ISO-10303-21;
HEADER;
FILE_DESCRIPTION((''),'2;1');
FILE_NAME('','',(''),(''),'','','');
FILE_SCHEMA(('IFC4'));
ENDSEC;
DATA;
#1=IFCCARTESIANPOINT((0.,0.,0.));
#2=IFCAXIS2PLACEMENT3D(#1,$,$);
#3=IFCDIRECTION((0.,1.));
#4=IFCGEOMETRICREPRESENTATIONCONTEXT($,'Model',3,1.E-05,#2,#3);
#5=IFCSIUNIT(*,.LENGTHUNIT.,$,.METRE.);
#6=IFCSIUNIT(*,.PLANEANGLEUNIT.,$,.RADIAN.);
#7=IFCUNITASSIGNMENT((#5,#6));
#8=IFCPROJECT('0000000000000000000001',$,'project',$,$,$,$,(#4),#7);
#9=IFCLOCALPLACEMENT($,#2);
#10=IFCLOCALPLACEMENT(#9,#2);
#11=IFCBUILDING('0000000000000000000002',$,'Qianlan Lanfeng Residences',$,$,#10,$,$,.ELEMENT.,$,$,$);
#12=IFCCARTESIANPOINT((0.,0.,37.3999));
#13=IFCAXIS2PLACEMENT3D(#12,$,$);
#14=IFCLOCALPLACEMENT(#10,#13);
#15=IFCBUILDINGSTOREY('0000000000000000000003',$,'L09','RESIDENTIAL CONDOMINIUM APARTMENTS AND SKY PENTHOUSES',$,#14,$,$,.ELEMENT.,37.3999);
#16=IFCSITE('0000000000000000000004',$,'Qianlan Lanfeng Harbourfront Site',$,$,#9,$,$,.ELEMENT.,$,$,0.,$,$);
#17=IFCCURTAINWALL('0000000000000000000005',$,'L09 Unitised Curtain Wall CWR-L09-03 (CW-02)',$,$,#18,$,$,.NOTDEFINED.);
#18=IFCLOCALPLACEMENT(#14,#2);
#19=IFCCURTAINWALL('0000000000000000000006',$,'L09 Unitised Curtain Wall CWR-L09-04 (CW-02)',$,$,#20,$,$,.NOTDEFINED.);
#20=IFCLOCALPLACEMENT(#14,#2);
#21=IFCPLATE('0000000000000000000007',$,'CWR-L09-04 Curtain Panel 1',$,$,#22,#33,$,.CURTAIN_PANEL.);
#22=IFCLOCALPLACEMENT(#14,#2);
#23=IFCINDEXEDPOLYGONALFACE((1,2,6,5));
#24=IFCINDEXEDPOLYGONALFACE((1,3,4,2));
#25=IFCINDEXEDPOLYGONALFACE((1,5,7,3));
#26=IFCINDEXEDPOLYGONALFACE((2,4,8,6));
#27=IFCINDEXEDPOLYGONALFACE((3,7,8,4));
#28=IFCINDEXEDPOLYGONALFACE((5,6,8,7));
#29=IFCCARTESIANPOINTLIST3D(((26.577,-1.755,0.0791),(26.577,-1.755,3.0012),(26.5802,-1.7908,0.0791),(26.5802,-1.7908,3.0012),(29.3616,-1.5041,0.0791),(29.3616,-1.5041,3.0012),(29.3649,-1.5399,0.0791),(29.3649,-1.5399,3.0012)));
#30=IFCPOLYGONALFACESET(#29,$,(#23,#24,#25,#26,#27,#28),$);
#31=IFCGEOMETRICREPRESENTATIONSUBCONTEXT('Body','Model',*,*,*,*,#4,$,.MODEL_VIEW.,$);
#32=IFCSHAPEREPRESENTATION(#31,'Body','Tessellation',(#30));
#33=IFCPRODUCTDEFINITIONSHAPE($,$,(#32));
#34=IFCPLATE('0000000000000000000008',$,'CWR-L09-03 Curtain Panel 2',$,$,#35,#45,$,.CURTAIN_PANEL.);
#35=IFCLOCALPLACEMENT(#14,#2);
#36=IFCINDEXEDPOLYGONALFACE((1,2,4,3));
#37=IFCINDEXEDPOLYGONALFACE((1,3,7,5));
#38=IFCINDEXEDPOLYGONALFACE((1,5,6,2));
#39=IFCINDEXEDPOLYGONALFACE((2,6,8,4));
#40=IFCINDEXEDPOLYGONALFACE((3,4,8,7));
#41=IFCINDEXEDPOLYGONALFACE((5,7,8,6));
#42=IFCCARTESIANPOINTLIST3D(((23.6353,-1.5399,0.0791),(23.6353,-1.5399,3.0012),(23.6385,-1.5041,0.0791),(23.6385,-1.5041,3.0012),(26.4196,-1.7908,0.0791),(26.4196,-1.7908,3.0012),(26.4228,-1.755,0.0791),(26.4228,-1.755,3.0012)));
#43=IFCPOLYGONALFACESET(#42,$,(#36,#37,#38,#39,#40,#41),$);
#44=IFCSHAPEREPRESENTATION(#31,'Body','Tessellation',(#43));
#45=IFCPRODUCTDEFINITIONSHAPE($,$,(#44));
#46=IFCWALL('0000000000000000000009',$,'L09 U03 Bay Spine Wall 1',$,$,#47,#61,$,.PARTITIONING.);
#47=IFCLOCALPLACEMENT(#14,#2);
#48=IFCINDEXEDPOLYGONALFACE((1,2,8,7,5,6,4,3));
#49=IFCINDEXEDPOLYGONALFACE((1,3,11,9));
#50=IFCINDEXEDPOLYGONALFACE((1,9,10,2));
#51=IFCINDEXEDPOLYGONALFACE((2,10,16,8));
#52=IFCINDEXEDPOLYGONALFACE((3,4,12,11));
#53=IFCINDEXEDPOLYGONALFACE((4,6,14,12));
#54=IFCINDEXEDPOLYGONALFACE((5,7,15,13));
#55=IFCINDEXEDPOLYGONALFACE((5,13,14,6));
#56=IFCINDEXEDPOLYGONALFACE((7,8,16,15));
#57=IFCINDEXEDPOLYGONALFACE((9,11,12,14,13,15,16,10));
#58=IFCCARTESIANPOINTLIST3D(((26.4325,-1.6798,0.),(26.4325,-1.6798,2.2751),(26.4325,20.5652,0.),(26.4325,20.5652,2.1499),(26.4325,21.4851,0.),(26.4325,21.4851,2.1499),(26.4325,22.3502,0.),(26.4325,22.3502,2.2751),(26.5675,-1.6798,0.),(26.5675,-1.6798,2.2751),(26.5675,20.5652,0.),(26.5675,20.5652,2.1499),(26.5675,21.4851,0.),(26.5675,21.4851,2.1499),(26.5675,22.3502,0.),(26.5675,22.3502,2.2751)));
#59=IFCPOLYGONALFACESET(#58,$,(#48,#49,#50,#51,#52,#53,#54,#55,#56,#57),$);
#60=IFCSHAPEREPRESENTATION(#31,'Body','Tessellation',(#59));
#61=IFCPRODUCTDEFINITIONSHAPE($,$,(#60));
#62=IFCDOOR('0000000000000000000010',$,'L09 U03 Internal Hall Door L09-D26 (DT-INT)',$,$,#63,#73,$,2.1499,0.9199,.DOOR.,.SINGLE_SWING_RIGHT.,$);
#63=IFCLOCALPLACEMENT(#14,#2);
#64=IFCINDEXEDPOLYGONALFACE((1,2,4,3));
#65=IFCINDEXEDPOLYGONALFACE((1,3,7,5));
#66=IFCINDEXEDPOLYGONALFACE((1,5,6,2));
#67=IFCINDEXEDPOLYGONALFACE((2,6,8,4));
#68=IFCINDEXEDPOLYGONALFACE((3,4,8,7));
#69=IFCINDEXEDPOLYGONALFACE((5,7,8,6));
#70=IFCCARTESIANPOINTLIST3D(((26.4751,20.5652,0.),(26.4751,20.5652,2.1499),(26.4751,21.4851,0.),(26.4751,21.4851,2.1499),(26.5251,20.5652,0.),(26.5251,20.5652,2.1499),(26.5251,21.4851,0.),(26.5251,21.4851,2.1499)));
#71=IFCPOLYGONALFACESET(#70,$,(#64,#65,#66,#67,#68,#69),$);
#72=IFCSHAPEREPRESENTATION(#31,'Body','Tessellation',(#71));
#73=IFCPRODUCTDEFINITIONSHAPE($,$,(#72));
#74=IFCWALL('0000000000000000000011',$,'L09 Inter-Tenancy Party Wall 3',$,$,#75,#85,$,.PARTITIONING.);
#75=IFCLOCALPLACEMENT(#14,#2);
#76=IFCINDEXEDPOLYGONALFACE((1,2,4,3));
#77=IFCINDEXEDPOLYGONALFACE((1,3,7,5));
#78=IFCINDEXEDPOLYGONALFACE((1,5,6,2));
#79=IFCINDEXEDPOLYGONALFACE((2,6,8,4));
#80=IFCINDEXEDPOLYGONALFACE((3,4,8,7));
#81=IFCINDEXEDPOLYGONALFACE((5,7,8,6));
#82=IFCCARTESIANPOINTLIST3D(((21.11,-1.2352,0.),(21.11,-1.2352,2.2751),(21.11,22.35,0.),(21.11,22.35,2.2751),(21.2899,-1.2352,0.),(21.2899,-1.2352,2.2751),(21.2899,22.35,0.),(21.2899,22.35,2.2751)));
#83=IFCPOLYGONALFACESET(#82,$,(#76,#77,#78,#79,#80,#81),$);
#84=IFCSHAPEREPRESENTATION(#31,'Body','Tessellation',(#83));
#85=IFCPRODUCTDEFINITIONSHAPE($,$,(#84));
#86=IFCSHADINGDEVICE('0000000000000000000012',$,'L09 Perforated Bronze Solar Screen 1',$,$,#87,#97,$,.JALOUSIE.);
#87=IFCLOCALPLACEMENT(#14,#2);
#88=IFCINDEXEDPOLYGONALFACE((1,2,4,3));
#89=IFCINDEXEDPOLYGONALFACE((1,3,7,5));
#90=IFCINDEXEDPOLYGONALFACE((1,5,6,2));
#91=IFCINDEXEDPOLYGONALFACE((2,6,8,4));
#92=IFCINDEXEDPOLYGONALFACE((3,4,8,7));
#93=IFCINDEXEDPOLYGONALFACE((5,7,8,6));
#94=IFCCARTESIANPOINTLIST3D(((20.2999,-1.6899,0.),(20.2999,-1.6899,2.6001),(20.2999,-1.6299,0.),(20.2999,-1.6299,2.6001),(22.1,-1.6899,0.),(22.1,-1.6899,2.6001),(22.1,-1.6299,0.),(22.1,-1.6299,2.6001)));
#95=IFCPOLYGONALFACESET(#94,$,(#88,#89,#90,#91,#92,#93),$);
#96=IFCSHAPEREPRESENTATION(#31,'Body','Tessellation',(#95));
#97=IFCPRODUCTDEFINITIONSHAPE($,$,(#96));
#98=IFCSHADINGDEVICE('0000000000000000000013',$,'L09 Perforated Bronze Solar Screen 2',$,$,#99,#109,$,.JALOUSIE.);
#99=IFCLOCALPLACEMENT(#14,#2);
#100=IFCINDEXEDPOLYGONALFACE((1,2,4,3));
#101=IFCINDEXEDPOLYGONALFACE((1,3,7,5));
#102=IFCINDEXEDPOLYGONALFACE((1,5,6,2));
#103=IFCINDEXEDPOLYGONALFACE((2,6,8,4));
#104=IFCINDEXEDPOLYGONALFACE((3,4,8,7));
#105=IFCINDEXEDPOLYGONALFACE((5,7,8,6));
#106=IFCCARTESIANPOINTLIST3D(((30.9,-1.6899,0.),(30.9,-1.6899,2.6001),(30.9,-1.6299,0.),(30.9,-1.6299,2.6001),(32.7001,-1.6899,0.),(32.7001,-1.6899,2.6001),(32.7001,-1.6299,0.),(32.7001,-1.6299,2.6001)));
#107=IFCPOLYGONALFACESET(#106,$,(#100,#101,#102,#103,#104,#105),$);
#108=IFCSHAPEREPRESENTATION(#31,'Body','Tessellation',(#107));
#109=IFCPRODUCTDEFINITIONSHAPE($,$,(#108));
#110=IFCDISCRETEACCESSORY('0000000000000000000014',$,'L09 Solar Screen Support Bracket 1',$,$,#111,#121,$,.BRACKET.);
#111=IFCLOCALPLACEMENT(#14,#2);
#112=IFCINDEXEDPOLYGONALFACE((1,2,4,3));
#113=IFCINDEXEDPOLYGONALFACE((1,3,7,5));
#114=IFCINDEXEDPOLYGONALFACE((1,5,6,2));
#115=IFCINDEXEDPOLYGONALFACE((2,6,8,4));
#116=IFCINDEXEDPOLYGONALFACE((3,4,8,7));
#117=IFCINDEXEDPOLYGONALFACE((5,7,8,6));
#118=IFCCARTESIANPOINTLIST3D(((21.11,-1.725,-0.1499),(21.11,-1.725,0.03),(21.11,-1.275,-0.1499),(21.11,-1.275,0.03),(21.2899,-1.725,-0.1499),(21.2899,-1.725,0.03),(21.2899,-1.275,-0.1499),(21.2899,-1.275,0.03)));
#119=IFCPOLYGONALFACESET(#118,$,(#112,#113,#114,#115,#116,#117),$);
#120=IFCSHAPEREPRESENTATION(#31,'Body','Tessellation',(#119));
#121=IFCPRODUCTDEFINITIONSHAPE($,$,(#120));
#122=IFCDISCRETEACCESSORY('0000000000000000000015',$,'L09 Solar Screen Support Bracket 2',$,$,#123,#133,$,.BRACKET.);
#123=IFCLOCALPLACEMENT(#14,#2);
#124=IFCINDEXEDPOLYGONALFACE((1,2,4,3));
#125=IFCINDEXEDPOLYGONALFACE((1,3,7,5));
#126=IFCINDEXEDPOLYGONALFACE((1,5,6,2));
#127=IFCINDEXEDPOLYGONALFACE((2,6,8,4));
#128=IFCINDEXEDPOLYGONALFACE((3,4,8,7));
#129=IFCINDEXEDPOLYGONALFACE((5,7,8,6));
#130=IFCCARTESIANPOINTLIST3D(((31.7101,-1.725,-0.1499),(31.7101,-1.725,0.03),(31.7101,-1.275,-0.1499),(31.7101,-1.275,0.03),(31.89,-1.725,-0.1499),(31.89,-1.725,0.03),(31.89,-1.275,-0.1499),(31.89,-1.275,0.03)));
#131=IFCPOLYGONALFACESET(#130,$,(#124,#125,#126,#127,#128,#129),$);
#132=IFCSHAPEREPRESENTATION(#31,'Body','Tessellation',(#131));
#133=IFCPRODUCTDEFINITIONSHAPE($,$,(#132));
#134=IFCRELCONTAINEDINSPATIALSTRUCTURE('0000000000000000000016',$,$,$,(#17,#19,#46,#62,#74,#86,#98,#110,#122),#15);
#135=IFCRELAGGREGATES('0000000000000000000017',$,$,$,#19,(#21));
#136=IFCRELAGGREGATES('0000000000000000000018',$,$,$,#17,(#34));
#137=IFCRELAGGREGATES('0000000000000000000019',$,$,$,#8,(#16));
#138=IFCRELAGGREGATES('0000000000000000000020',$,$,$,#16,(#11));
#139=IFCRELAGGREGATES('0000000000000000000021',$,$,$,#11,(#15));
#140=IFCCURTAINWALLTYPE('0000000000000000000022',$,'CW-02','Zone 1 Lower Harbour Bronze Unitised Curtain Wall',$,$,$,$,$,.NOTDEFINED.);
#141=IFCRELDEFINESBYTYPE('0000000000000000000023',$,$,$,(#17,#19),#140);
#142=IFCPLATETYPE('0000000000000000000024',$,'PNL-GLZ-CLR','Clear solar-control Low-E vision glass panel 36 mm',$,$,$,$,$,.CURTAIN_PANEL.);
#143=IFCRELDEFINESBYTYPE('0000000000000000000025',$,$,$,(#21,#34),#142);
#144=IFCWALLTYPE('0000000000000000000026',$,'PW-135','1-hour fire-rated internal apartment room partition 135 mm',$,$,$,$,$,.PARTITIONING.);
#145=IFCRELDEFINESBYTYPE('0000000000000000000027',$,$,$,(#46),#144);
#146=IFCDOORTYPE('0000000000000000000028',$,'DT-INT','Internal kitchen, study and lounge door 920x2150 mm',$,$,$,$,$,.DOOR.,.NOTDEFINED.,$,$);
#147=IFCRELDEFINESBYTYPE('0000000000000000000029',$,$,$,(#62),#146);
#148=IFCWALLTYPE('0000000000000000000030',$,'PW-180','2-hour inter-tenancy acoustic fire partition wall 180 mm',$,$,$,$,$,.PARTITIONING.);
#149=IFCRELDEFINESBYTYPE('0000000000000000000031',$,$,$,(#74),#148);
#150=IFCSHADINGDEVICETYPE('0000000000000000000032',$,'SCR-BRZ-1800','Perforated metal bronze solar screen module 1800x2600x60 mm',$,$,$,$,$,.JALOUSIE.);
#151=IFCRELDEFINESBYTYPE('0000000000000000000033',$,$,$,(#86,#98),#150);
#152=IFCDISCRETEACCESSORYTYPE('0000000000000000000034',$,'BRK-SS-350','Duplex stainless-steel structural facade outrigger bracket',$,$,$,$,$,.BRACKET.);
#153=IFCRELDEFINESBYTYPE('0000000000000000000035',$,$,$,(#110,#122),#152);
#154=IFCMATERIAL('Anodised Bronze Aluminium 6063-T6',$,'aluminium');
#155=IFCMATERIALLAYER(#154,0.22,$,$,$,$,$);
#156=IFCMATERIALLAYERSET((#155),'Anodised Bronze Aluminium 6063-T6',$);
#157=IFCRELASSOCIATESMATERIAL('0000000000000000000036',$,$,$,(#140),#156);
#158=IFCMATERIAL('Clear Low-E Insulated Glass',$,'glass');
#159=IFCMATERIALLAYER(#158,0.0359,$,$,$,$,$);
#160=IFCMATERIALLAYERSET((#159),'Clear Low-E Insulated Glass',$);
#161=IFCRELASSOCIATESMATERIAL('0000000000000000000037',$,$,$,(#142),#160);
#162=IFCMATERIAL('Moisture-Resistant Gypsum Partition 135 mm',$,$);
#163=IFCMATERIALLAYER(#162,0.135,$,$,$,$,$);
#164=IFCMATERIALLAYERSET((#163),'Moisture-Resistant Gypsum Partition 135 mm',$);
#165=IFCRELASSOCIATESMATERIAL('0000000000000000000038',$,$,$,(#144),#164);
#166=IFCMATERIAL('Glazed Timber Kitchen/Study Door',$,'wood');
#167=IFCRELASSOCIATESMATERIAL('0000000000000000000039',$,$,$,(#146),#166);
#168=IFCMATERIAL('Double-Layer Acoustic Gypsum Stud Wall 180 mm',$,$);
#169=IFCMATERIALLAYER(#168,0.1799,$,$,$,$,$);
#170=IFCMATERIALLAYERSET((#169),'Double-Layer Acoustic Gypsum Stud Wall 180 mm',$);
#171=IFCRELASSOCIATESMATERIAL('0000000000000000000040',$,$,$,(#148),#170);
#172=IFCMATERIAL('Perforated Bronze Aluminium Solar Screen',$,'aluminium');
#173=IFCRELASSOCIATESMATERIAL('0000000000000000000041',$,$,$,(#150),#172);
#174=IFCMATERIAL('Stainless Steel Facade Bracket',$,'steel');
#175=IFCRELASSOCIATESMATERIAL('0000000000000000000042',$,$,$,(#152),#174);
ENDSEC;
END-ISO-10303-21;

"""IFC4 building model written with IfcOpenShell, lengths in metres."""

from ifc_helpers import new_model, si_unit, direction, frame, frame_2d, origin, origin_2d, place, context, subcontext, project, spatial, rectangle, extrude, source, transform, mapped, material, layer, layer_set, type_object, element, fill, aggregate, save


model = new_model("IFC4")

# Units and contexts
model_context = context("Model", 3, precision=1e-05, world=origin(), true_north=direction((0.0, 1.0)))
body_context = subcontext(model_context, "Body", "Model", "MODEL_VIEW")
ifc_project = project(units=[si_unit("LENGTHUNIT", "METRE"), si_unit("PLANEANGLEUNIT", "RADIAN")], contexts=[model_context])

# Site, building, storey
site_placement = place(None, origin())
site = spatial("IfcSite", under=ifc_project, at=site_placement, Name="Qianlan Lanfeng Harbourfront Site", CompositionType="ELEMENT", RefElevation=0.0)
building_placement = place(site_placement, origin())
building = spatial("IfcBuilding", under=site, at=building_placement, Name="Qianlan Lanfeng Residences", CompositionType="ELEMENT")
storey_placement = place(building_placement, frame((0.0, 0.0, 37.3999)))
storey = spatial("IfcBuildingStorey", under=building, at=storey_placement, Name="L09", Description="RESIDENTIAL CONDOMINIUM APARTMENTS AND SKY PENTHOUSES", CompositionType="ELEMENT", Elevation=37.3999)

# Curtain walls
ifc_material_1 = material(Name="Anodised Bronze Aluminium 6063-T6", Category="aluminium")
ifc_layer_1 = layer(ifc_material_1, 0.22)
ifc_layer_set_1 = layer_set([ifc_layer_1], Name="Anodised Bronze Aluminium 6063-T6")
curtain_wall_type = type_object("IfcCurtainWallType", Name="CW-02", Description="Zone 1 Lower Harbour Bronze Unitised Curtain Wall", PredefinedType="NOTDEFINED", material=ifc_layer_set_1)
curtain_wall_1_placement = place(storey_placement, origin())
curtain_wall_1 = element("IfcCurtainWall", 1, at=curtain_wall_1_placement, inside=storey, type_object=curtain_wall_type, Name="L09 Unitised Curtain Wall CWR-L09-03 (CW-02)", PredefinedType="NOTDEFINED")
curtain_wall_2_placement = place(storey_placement, origin())
curtain_wall_2 = element("IfcCurtainWall", 2, at=curtain_wall_2_placement, inside=storey, type_object=curtain_wall_type, Name="L09 Unitised Curtain Wall CWR-L09-04 (CW-02)", PredefinedType="NOTDEFINED")

# Plates
ifc_material_2 = material(Name="Clear Low-E Insulated Glass", Category="glass")
ifc_layer_2 = layer(ifc_material_2, 0.0359)
ifc_layer_set_2 = layer_set([ifc_layer_2], Name="Clear Low-E Insulated Glass")
plate_type_1 = type_object("IfcPlateType", Name="PNL-GLZ-CLR", Description="Clear solar-control Low-E vision glass panel 36 mm", PredefinedType="CURTAIN_PANEL", material=ifc_layer_set_2)
shared_shape_1 = source(origin(), body_context, "Body", "SweptSolid", [
    extrude(rectangle(XDim=2.7959, YDim=0.0359, at=origin_2d()), origin(), (0.0, 0.0, 1.0), 2.9221),
])
plate_1_placement = place(storey_placement, frame((27.9709, -1.6475, 0.0791), z_axis=(0.0, 0.0, 1.0), x_axis=(0.995965, 0.089746, 0.0)))
plate_1 = element("IfcPlate", 3, at=plate_1_placement, type_object=plate_type_1, Name="CWR-L09-04 Curtain Panel 1", PredefinedType="CURTAIN_PANEL", context=body_context, shape_type="MappedRepresentation", body=[
    mapped(shared_shape_1, transform((0.0, 0.0, 0.0), scale=1.0)),
])
aggregate(curtain_wall_2, [plate_1])
shared_shape_2 = source(origin(), body_context, "Body", "SweptSolid", [
    extrude(rectangle(XDim=2.7957, YDim=0.0359, at=origin_2d()), origin(), (0.0, 0.0, 1.0), 2.9221),
])
plate_2_placement = place(storey_placement, frame((25.0291, -1.6475, 0.0791), z_axis=(0.0, 0.0, 1.0), x_axis=(0.995965, -0.089746, 0.0)))
plate_2 = element("IfcPlate", 4, at=plate_2_placement, type_object=plate_type_1, Name="CWR-L09-03 Curtain Panel 2", PredefinedType="CURTAIN_PANEL", context=body_context, shape_type="MappedRepresentation", body=[
    mapped(shared_shape_2, transform((0.0, 0.0, 0.0), scale=1.0)),
])
aggregate(curtain_wall_1, [plate_2])

# Wall, opening, door
ifc_material_3 = material(Name="Moisture-Resistant Gypsum Partition 135 mm")
ifc_layer_3 = layer(ifc_material_3, 0.135)
ifc_layer_set_3 = layer_set([ifc_layer_3], Name="Moisture-Resistant Gypsum Partition 135 mm")
wall_type_1 = type_object("IfcWallType", Name="PW-135", Description="1-hour fire-rated internal apartment room partition 135 mm", PredefinedType="PARTITIONING", material=ifc_layer_set_3)
wall_1_placement = place(storey_placement, frame((26.5, -1.6799, 0.0), z_axis=(0.0, 0.0, 1.0), x_axis=(0.0, 1.0, 0.0)))
wall_1 = element("IfcWall", 5, at=wall_1_placement, inside=storey, type_object=wall_type_1, Name="L09 U03 Bay Spine Wall 1", PredefinedType="PARTITIONING", context=body_context, shape_type="SweptSolid", body=[
    extrude(rectangle(XDim=24.03, YDim=0.135, at=frame_2d((12.0151, 0.0))), origin(), (0.0, 0.0, 1.0), 2.2751),
])
opening_placement = place(wall_1_placement, frame((22.2451, 0.0, 0.0)))
opening = element("IfcOpeningElement", 6, at=opening_placement, cuts=wall_1, PredefinedType="OPENING", context=body_context, shape_type="SweptSolid", body=[
    extrude(rectangle(XDim=0.9199, YDim=2.1499, at=frame_2d((0.46, 1.075))), frame((0.0, 0.0776, 0.0), z_axis=(0.0, -1.0, 0.0), x_axis=(1.0, 0.0, 0.0)), (0.0, 0.0, 1.0), 0.155),
])
ifc_material_4 = material(Name="Glazed Timber Kitchen/Study Door", Category="wood")
door_type = type_object("IfcDoorType", Name="DT-INT", Description="Internal kitchen, study and lounge door 920x2150 mm", OperationType="NOTDEFINED", PredefinedType="DOOR", material=ifc_material_4)
door_placement = place(opening_placement, origin())
door = element("IfcDoor", 7, at=door_placement, inside=storey, type_object=door_type, Name="L09 U03 Internal Hall Door L09-D26 (DT-INT)", OperationType="SINGLE_SWING_RIGHT", OverallHeight=2.1499, OverallWidth=0.9199, PredefinedType="DOOR", context=body_context, shape_type="SweptSolid", body=[
    extrude(rectangle(XDim=0.9199, YDim=2.1499, at=frame_2d((0.46, 1.075))), frame((0.0, 0.0249, 0.0), z_axis=(0.0, -1.0, 0.0), x_axis=(1.0, 0.0, 0.0)), (0.0, 0.0, 1.0), 0.05),
])
fill(opening, door)

# Wall
ifc_material_5 = material(Name="Double-Layer Acoustic Gypsum Stud Wall 180 mm")
ifc_layer_4 = layer(ifc_material_5, 0.1799)
ifc_layer_set_4 = layer_set([ifc_layer_4], Name="Double-Layer Acoustic Gypsum Stud Wall 180 mm")
wall_type_2 = type_object("IfcWallType", Name="PW-180", Description="2-hour inter-tenancy acoustic fire partition wall 180 mm", PredefinedType="PARTITIONING", material=ifc_layer_set_4)
wall_2_placement = place(storey_placement, frame((21.2, -1.2351, 0.0), z_axis=(0.0, 0.0, 1.0), x_axis=(0.0, 1.0, 0.0)))
element("IfcWall", 8, at=wall_2_placement, inside=storey, type_object=wall_type_2, Name="L09 Inter-Tenancy Party Wall 3", PredefinedType="PARTITIONING", context=body_context, shape_type="SweptSolid", body=[
    extrude(rectangle(XDim=23.5852, YDim=0.1799, at=frame_2d((11.7925, 0.0))), origin(), (0.0, 0.0, 1.0), 2.2751),
])

# Shading devices
ifc_material_6 = material(Name="Perforated Bronze Aluminium Solar Screen", Category="aluminium")
shading_device_type = type_object("IfcShadingDeviceType", Name="SCR-BRZ-1800", Description="Perforated metal bronze solar screen module 1800x2600x60 mm", PredefinedType="JALOUSIE", material=ifc_material_6)
shared_shape_3 = source(origin(), body_context, "Body", "SweptSolid", [
    extrude(rectangle(XDim=1.8, YDim=0.0601, at=origin_2d()), origin(), (0.0, 0.0, 1.0), 2.6001),
])
for number, where, z_axis, x_axis, name in (
    (9, (21.2, -1.6599, 0.0), (0.0, 0.0, 1.0), (1.0, 0.0, 0.0), "L09 Perforated Bronze Solar Screen 1"),
    (10, (31.8, -1.6599, 0.0), (0.0, 0.0, 1.0), (1.0, 0.0, 0.0), "L09 Perforated Bronze Solar Screen 2"),
):
    element("IfcShadingDevice", number, at=place(storey_placement, frame(where, z_axis=z_axis, x_axis=x_axis)), inside=storey, type_object=shading_device_type, Name=name, PredefinedType="JALOUSIE", context=body_context, shape_type="MappedRepresentation", body=[
        mapped(shared_shape_3, transform((0.0, 0.0, 0.0), scale=1.0)),
    ])

# Discrete accessories
ifc_material_7 = material(Name="Stainless Steel Facade Bracket", Category="steel")
discrete_accessory_type = type_object("IfcDiscreteAccessoryType", Name="BRK-SS-350", Description="Duplex stainless-steel structural facade outrigger bracket", PredefinedType="BRACKET", material=ifc_material_7)
shared_shape_4 = source(origin(), body_context, "Body", "SweptSolid", [
    extrude(rectangle(XDim=0.1799, YDim=0.45, at=origin_2d()), origin(), (0.0, 0.0, 1.0), 0.1799),
])
for number, where, z_axis, x_axis, name in (
    (11, (21.2, -1.5, -0.1499), (0.0, 0.0, 1.0), (1.0, 0.0, 0.0), "L09 Solar Screen Support Bracket 1"),
    (12, (31.8, -1.5, -0.1499), (0.0, 0.0, 1.0), (1.0, 0.0, 0.0), "L09 Solar Screen Support Bracket 2"),
):
    element("IfcDiscreteAccessory", number, at=place(storey_placement, frame(where, z_axis=z_axis, x_axis=x_axis)), inside=storey, type_object=discrete_accessory_type, Name=name, PredefinedType="BRACKET", context=body_context, shape_type="MappedRepresentation", body=[
        mapped(shared_shape_4, transform((0.0, 0.0, 0.0), scale=1.0)),
    ])

save(model, "model.ifc")
